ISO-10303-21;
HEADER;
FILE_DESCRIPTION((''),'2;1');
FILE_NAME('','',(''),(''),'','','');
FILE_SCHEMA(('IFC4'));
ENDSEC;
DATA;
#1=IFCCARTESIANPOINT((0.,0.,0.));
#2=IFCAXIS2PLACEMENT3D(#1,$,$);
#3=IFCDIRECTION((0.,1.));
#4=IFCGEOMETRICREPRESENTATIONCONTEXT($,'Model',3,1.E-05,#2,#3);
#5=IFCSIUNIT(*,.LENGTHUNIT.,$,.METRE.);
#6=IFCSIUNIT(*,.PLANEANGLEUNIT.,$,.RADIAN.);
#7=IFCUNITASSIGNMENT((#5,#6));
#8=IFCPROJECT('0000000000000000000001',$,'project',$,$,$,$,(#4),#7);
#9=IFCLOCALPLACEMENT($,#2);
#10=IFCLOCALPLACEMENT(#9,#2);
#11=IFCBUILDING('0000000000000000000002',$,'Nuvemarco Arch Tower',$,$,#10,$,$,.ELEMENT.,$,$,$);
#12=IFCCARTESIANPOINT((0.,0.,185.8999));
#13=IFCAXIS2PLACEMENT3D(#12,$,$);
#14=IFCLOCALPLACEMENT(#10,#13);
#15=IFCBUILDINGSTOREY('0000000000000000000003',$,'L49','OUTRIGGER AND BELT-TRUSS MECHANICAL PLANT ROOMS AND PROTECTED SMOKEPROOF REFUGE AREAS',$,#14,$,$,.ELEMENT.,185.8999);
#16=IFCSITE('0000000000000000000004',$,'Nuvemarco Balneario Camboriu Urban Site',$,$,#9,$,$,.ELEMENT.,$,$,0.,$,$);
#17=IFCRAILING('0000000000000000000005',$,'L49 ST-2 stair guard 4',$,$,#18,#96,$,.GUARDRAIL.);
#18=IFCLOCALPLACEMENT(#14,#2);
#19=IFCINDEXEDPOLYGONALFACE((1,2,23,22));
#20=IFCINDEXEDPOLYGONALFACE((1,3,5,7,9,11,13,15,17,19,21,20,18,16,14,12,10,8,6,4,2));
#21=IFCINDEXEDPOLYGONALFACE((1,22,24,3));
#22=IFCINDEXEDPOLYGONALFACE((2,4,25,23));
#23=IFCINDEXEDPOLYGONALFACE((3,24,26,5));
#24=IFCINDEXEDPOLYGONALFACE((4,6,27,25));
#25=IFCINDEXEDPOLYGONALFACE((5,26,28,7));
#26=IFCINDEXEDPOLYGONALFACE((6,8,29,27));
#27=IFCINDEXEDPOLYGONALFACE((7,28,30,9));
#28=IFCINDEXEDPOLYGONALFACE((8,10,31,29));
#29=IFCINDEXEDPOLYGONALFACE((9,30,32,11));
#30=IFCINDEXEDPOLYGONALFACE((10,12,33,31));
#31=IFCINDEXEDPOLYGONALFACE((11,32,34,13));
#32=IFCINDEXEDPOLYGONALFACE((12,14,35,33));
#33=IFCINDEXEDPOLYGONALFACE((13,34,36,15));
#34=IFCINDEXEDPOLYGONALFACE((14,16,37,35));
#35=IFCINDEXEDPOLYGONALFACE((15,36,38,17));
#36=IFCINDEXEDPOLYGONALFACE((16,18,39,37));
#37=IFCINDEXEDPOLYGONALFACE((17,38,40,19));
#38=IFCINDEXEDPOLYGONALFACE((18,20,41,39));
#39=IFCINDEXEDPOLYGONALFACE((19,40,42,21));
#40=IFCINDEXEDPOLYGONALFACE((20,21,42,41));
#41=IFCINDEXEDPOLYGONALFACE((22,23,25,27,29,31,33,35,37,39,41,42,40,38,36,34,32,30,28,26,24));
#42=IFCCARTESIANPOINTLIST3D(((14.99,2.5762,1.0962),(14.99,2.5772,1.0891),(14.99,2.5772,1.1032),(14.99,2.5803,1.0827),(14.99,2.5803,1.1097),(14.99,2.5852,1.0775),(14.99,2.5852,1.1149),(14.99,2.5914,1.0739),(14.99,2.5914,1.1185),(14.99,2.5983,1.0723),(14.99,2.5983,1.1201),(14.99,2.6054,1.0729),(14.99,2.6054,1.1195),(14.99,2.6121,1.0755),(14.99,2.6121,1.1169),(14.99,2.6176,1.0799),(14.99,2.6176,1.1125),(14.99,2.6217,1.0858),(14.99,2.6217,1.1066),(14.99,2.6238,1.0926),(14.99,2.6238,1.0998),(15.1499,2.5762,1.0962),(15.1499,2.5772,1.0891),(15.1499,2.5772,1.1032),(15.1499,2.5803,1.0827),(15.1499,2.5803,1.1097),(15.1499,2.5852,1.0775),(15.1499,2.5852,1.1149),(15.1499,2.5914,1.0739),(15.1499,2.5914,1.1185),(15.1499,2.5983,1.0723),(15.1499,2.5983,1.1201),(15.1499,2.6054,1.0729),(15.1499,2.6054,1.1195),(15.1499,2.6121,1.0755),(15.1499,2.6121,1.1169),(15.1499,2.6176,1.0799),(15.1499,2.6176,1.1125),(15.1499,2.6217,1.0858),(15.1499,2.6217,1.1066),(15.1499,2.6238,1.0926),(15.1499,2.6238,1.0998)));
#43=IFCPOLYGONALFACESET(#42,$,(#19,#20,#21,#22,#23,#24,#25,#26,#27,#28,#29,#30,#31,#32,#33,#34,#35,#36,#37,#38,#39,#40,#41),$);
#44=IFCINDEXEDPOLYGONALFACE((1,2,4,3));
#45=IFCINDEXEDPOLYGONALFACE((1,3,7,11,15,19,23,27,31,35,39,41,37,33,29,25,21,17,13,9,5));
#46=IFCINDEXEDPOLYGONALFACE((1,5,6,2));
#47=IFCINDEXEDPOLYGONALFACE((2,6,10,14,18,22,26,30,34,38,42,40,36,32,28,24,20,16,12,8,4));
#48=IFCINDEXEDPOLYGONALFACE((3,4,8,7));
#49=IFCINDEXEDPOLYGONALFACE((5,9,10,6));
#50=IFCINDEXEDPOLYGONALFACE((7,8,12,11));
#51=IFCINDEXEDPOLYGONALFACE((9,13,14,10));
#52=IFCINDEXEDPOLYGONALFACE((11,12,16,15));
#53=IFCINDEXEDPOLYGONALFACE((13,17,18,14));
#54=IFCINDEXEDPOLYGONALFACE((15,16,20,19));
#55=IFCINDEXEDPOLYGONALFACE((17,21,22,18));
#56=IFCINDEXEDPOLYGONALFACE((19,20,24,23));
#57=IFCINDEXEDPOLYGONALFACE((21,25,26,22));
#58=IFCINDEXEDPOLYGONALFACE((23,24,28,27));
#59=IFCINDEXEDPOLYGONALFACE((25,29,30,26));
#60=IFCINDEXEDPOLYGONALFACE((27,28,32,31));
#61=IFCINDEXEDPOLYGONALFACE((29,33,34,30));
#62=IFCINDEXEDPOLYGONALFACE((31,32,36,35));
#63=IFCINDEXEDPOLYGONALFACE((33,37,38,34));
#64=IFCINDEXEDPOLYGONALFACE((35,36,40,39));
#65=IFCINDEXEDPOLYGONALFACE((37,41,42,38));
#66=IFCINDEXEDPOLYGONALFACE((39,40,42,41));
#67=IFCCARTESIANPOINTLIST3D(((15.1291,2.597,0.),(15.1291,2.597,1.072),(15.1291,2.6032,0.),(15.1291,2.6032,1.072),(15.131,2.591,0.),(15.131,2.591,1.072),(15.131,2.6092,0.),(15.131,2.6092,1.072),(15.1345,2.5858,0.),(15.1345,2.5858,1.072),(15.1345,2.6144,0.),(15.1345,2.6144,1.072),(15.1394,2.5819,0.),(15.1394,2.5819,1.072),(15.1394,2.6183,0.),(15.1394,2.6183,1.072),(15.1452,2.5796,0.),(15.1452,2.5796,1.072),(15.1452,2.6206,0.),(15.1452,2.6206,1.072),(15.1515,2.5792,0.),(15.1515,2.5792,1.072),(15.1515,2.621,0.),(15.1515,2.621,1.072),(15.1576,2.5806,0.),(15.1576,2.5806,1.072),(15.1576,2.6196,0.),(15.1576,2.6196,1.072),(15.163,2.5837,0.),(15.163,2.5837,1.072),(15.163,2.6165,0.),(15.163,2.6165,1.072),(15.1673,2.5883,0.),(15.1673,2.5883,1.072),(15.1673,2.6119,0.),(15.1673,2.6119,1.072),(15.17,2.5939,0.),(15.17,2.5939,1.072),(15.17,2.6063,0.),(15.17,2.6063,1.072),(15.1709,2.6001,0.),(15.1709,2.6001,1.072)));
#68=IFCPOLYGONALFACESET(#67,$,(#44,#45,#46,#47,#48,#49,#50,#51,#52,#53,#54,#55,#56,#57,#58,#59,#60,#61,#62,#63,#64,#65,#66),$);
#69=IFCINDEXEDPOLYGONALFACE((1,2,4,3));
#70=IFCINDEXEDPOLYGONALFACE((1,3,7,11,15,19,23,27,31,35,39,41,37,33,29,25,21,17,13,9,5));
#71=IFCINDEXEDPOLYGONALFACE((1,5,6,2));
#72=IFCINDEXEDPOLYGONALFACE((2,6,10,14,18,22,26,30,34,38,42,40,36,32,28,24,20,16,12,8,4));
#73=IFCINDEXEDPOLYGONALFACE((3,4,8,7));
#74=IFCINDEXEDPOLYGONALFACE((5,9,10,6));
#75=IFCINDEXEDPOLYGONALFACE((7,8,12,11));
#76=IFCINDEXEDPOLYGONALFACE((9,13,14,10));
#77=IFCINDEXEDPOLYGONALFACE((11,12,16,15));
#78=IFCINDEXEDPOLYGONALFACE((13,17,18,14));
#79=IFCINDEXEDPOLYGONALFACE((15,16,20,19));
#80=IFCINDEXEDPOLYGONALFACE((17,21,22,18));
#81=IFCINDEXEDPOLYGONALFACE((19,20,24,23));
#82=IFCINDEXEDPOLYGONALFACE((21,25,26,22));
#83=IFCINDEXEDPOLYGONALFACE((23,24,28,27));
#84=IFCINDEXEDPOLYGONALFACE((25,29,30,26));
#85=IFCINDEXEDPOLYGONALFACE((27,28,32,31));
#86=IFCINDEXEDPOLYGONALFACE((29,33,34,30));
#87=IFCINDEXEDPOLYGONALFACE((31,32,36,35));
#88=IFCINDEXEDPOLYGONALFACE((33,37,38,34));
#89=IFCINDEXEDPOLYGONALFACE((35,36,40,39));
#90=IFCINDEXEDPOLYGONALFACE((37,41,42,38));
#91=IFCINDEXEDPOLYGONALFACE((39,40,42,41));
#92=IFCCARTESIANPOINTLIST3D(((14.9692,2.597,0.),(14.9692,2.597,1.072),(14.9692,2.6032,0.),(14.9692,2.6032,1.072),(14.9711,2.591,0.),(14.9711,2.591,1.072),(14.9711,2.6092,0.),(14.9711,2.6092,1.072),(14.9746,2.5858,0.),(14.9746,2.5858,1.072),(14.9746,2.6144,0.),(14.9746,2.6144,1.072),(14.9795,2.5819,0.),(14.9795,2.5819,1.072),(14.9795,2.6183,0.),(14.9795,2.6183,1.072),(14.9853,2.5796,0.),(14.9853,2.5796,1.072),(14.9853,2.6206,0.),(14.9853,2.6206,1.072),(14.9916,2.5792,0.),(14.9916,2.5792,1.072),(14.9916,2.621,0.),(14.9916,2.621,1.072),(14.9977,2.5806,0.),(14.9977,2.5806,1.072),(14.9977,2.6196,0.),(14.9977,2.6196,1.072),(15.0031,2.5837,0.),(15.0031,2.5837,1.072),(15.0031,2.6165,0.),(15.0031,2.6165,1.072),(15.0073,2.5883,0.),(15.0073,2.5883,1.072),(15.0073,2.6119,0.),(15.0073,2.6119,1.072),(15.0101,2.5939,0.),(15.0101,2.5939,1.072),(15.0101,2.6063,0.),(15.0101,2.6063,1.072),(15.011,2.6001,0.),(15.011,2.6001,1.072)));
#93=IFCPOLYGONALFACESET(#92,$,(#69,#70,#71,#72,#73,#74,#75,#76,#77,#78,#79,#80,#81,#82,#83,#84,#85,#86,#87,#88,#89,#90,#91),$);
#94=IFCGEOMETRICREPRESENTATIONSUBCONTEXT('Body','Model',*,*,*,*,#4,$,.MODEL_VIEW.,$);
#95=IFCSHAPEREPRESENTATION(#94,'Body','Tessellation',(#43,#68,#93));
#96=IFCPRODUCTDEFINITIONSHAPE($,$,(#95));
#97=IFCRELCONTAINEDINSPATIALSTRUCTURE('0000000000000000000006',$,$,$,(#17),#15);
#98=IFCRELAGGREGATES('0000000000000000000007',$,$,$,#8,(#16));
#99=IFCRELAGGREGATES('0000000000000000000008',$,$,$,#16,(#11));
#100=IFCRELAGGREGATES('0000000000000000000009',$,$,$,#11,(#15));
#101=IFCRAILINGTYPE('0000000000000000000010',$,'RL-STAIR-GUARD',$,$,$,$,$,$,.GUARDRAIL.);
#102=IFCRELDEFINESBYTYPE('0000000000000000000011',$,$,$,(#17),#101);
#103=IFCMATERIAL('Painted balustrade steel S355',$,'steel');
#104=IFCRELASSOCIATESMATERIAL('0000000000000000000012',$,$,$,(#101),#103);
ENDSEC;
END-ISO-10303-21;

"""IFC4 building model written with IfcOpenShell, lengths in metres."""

from ifc_helpers import new_model, si_unit, direction, frame, origin, origin_2d, place, context, subcontext, project, spatial, circle, extrude, material, type_object, element, save


model = new_model("IFC4")

# Units and contexts
model_context = context("Model", 3, precision=1e-05, world=origin(), true_north=direction((0.0, 1.0)))
body_context = subcontext(model_context, "Body", "Model", "MODEL_VIEW")
ifc_project = project(units=[si_unit("LENGTHUNIT", "METRE"), si_unit("PLANEANGLEUNIT", "RADIAN")], contexts=[model_context])

# Site, building, storey
site_placement = place(None, origin())
site = spatial("IfcSite", under=ifc_project, at=site_placement, Name="Nuvemarco Balneario Camboriu Urban Site", CompositionType="ELEMENT", RefElevation=0.0)
building_placement = place(site_placement, origin())
building = spatial("IfcBuilding", under=site, at=building_placement, Name="Nuvemarco Arch Tower", CompositionType="ELEMENT")
storey_placement = place(building_placement, frame((0.0, 0.0, 185.8999)))
storey = spatial("IfcBuildingStorey", under=building, at=storey_placement, Name="L49", Description="OUTRIGGER AND BELT-TRUSS MECHANICAL PLANT ROOMS AND PROTECTED SMOKEPROOF REFUGE AREAS", CompositionType="ELEMENT", Elevation=185.8999)

# Railing
ifc_material_1 = material(Name="Painted balustrade steel S355", Category="steel")
railing_type_1 = type_object("IfcRailingType", Name="RL-STAIR-GUARD", PredefinedType="GUARDRAIL", material=ifc_material_1)
railing_1_placement = place(storey_placement, frame((15.1499, 2.6001, 0.0)))
element("IfcRailing", 1, at=railing_1_placement, inside=storey, type_object=railing_type_1, Name="L49 ST-2 stair guard 4", PredefinedType="GUARDRAIL", context=body_context, shape_type="SweptSolid", body=[
    extrude(circle(Radius=0.0239, at=origin_2d()), frame((0.0, 0.0, 1.0962), z_axis=(-1.0, 0.0, 0.0), x_axis=(0.0, -1.0, 0.0)), (0.0, 0.0, 1.0), 0.1599),
    extrude(circle(Radius=0.021, at=origin_2d()), origin(), (0.0, 0.0, 1.0), 1.072),
    extrude(circle(Radius=0.021, at=origin_2d()), frame((-0.1599, 0.0, 0.0)), (0.0, 0.0, 1.0), 1.072),
])

save(model, "model.ifc")
